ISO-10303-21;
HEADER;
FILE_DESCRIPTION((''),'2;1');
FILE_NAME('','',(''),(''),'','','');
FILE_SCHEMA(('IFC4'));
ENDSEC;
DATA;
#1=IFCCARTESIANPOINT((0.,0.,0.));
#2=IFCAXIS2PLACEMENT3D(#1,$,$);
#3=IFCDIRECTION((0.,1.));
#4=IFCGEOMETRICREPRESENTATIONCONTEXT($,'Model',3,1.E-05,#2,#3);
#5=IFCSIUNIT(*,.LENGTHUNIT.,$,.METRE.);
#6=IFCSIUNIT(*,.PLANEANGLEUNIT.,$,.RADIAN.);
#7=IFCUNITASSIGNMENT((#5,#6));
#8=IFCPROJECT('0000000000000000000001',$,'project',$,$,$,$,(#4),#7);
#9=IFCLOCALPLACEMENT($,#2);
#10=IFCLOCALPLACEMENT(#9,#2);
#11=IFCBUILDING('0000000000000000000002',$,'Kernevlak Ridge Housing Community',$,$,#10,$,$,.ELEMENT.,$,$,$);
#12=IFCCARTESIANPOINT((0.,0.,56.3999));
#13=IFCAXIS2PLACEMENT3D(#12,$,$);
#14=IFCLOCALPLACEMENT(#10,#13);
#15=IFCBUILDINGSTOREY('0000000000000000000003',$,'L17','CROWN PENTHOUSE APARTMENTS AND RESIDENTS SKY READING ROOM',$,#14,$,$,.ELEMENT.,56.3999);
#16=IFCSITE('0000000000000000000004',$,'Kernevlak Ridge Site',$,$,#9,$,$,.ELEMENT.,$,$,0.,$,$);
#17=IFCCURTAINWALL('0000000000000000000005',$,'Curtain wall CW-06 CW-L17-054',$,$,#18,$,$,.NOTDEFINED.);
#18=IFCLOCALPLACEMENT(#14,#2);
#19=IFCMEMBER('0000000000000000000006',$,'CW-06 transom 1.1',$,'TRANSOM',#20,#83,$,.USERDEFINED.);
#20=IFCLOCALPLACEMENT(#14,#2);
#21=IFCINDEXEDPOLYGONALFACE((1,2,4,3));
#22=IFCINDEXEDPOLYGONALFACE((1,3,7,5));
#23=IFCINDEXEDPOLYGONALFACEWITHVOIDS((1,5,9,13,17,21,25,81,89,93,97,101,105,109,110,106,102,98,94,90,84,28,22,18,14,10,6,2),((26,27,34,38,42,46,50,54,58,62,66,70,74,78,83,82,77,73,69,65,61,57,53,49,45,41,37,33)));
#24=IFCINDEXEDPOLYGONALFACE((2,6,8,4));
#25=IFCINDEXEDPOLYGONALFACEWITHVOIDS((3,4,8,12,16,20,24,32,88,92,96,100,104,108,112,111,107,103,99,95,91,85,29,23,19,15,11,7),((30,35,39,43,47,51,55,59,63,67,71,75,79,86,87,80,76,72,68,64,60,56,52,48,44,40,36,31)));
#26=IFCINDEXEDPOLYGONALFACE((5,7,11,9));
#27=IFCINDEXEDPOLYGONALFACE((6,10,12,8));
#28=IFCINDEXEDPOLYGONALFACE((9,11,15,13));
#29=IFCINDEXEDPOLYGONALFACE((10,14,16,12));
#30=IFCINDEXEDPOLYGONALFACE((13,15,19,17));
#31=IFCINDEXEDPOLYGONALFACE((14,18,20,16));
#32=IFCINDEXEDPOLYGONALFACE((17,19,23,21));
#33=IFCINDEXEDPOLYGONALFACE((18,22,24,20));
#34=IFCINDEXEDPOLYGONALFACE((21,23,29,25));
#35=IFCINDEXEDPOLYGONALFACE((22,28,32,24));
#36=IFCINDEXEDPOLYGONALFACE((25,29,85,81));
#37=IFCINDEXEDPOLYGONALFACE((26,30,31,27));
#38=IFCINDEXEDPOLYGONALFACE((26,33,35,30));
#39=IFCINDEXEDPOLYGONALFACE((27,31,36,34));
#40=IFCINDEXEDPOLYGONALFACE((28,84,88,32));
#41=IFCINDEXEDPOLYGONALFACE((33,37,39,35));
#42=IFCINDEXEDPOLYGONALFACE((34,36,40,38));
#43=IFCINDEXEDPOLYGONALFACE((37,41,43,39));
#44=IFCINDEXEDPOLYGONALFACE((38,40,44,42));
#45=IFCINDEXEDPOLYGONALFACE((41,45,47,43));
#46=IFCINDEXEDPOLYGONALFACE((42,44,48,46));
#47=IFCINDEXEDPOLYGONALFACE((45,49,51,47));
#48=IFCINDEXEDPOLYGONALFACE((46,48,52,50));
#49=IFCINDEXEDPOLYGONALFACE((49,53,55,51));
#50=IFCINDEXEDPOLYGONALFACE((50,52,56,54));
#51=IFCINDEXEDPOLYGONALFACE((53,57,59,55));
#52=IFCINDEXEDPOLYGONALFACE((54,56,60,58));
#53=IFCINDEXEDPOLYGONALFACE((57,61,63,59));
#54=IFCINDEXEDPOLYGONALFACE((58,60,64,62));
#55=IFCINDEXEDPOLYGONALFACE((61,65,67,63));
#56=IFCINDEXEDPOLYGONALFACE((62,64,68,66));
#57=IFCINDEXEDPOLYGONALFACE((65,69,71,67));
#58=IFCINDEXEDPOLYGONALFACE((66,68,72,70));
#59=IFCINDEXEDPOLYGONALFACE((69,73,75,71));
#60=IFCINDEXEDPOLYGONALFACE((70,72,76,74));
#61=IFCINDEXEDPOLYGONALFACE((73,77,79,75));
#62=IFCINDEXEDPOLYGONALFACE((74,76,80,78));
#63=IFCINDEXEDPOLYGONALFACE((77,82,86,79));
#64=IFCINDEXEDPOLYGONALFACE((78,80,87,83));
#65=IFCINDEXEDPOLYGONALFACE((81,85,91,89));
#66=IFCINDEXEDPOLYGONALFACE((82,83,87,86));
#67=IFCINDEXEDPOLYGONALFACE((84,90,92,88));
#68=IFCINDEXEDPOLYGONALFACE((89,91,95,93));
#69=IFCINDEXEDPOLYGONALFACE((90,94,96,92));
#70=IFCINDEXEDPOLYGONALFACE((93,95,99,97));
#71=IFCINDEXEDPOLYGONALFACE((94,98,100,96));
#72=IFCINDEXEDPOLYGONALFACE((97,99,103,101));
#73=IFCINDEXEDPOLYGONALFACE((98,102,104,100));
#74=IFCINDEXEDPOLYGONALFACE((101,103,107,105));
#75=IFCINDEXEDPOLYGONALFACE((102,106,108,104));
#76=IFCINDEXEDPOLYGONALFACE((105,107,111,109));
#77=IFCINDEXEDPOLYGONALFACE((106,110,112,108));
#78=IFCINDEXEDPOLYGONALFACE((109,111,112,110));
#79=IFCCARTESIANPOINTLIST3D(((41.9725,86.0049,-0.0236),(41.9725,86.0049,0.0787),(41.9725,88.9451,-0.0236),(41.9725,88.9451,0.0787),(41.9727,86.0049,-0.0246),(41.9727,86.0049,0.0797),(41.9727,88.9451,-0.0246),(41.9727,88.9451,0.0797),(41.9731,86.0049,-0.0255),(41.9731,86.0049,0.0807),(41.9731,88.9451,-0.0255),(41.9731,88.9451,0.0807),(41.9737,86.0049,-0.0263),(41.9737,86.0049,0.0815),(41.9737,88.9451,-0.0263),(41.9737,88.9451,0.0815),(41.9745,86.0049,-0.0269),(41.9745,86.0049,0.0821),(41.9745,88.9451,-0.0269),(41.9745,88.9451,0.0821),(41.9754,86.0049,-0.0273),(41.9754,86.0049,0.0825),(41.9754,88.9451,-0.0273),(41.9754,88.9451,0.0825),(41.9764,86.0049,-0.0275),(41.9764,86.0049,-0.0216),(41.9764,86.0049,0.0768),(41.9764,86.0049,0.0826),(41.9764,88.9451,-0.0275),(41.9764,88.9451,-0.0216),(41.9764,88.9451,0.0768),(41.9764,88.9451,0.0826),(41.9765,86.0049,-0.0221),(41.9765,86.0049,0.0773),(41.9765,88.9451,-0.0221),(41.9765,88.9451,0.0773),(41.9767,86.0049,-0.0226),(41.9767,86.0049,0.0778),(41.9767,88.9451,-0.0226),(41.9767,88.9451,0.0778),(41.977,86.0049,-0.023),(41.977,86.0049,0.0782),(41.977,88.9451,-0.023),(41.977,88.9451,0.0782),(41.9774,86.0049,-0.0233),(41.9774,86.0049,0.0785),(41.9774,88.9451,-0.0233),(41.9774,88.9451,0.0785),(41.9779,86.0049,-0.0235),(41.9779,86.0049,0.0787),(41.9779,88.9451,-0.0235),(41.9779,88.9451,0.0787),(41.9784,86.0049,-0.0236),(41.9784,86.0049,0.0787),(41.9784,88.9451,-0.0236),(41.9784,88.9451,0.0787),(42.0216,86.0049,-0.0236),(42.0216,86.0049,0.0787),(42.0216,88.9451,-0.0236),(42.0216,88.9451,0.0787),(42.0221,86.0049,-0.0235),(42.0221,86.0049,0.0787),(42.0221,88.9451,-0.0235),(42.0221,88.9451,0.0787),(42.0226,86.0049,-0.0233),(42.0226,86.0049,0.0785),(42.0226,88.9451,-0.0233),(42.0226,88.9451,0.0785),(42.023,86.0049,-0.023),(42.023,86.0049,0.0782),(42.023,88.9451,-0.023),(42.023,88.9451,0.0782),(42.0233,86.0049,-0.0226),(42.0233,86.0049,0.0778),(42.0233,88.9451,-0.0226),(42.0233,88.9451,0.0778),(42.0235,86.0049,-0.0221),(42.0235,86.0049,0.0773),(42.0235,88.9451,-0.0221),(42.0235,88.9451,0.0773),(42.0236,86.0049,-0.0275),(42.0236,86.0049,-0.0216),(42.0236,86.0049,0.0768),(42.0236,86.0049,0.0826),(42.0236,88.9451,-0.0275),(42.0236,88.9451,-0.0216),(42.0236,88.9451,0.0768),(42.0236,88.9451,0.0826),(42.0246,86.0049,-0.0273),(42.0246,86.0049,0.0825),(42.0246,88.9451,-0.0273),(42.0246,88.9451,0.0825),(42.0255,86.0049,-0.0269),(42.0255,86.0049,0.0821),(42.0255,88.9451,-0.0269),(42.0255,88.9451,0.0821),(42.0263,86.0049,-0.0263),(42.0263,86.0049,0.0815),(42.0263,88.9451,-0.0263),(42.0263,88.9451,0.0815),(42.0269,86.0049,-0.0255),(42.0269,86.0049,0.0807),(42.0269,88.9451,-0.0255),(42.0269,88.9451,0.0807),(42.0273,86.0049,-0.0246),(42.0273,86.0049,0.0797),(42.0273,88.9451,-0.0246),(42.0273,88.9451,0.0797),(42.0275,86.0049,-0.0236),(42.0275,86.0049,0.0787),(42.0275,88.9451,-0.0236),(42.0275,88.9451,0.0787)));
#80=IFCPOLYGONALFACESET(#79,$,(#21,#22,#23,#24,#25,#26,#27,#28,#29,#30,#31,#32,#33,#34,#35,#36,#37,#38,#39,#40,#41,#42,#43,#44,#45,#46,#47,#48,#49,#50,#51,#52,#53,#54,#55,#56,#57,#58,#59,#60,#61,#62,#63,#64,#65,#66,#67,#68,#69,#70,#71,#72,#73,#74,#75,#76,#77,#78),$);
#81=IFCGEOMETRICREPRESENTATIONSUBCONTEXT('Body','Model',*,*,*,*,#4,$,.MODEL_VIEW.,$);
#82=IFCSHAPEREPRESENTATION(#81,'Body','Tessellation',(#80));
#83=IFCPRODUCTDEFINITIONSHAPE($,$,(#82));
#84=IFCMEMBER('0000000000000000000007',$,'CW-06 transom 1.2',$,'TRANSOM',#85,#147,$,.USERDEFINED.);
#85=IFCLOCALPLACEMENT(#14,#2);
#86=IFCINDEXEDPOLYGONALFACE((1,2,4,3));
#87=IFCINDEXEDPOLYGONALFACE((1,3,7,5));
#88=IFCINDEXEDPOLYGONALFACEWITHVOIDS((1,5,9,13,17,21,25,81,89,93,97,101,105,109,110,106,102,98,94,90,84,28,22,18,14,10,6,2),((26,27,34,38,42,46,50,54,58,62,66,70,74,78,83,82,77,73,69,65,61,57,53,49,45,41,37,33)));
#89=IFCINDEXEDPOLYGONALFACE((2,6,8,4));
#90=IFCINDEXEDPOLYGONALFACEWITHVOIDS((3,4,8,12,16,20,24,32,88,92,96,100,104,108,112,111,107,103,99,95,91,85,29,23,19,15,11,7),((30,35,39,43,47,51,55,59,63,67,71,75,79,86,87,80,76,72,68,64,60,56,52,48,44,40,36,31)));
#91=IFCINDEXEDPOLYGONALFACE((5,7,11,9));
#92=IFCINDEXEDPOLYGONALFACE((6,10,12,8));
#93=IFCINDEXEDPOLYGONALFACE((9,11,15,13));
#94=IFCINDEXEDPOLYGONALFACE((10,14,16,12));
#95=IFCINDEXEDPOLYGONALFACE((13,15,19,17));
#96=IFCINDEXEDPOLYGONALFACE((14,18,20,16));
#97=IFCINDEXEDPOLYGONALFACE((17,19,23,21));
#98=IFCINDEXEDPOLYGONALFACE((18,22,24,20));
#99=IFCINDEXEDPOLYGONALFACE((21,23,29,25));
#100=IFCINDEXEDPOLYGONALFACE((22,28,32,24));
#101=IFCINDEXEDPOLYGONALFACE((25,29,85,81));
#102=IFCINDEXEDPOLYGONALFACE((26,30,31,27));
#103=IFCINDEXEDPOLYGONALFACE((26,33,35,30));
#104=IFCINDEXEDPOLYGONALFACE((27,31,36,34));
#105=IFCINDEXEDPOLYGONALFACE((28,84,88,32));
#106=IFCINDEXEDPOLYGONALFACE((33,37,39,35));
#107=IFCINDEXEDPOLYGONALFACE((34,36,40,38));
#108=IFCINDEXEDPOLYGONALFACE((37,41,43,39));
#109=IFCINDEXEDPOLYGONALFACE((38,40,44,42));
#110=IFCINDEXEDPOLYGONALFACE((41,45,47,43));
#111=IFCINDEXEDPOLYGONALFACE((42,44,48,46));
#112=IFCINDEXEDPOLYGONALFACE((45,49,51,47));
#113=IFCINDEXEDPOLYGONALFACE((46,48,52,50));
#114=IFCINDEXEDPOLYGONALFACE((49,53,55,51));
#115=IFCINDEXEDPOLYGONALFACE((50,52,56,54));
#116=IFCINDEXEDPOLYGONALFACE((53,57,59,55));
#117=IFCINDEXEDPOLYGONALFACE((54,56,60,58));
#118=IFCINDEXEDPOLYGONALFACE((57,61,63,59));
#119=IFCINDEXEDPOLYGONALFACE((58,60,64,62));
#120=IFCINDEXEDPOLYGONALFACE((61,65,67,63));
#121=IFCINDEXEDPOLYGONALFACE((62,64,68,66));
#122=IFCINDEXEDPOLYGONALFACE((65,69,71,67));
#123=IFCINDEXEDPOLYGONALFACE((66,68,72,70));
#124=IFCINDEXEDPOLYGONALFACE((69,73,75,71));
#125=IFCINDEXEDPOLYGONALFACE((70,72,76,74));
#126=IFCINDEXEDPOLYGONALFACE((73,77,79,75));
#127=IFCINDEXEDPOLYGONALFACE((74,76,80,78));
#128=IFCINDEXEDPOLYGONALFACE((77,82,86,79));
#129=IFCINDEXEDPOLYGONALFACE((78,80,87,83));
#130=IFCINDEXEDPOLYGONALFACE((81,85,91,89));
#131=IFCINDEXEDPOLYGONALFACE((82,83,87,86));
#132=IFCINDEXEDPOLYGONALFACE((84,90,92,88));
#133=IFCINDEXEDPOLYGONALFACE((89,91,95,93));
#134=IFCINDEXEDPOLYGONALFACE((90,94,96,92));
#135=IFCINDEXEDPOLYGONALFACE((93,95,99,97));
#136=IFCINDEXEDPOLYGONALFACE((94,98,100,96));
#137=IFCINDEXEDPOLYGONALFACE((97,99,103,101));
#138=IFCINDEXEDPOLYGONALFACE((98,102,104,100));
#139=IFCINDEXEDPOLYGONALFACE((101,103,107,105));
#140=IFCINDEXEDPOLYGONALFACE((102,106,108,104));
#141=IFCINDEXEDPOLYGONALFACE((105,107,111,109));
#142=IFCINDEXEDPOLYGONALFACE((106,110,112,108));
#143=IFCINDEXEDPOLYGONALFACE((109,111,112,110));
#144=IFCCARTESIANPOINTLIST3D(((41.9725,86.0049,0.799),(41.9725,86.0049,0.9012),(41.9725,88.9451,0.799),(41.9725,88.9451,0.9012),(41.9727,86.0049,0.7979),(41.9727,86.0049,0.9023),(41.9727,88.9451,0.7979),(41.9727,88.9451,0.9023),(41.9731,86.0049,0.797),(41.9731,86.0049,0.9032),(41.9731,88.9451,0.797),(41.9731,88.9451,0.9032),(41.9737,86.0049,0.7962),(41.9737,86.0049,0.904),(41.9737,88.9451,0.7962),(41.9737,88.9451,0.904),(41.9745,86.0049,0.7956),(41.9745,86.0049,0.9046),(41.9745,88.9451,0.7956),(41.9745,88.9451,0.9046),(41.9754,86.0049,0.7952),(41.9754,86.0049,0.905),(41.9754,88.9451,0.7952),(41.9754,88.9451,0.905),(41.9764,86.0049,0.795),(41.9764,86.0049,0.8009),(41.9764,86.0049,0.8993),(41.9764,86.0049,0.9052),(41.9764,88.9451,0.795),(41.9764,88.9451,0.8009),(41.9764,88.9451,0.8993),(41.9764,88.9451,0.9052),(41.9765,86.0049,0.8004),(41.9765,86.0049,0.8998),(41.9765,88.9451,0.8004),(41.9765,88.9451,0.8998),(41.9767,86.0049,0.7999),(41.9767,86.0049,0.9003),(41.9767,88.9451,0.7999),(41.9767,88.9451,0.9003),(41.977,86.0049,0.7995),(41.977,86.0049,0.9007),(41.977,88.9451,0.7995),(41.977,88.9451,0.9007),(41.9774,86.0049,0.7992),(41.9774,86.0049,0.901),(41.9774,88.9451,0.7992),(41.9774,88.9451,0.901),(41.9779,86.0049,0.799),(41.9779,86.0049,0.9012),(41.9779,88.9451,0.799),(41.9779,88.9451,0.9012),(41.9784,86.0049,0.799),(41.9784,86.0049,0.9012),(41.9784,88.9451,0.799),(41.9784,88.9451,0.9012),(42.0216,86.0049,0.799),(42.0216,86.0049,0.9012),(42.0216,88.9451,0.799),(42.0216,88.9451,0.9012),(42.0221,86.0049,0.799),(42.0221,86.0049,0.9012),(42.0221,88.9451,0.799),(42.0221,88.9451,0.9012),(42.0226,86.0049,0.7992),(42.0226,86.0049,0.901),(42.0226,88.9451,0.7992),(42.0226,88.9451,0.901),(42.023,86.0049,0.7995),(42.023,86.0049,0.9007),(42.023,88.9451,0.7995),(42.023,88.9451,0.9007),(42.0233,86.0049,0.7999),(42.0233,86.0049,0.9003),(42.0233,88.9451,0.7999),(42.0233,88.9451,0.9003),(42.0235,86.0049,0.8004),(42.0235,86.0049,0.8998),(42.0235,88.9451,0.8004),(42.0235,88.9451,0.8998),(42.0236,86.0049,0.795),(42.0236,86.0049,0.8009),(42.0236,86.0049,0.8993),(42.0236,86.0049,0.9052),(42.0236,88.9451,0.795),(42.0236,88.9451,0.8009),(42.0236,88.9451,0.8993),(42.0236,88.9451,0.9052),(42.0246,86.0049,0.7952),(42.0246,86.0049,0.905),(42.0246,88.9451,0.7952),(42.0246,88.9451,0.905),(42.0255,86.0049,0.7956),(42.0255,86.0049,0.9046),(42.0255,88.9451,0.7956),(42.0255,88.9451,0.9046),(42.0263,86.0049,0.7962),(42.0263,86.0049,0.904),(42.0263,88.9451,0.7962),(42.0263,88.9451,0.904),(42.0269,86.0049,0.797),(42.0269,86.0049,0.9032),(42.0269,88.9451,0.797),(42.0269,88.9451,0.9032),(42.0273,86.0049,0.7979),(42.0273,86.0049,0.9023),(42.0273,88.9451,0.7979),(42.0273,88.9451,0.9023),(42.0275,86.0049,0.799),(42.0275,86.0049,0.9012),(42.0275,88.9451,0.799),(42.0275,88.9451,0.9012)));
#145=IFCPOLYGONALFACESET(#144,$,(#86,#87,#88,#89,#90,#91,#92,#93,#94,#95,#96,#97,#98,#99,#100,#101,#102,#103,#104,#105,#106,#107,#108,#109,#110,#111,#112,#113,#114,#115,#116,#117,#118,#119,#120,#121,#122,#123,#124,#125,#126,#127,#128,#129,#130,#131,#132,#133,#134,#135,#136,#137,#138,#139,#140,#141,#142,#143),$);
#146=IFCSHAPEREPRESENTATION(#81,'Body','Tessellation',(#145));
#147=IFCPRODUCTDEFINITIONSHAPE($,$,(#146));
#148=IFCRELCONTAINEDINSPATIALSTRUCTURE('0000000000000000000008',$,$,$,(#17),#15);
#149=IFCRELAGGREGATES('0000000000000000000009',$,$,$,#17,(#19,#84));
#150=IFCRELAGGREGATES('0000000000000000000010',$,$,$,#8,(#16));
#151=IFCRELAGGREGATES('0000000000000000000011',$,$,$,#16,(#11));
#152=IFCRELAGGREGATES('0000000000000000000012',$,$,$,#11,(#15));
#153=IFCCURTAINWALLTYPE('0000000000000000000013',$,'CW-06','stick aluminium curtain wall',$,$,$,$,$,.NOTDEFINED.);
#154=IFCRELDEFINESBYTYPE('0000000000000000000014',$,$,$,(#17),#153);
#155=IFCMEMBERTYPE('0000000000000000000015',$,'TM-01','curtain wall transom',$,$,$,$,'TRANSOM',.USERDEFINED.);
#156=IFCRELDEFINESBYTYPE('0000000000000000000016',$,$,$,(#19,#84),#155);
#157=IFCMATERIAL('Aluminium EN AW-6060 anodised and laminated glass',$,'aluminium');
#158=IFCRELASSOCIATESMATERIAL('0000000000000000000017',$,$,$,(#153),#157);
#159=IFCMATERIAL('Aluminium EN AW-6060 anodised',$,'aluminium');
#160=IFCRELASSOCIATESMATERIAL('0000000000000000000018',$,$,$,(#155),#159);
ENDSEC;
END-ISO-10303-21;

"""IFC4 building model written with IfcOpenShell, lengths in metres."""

from ifc_helpers import new_model, si_unit, direction, frame, origin, origin_2d, place, context, subcontext, project, spatial, hollow_rectangle, extrude, material, material_profile, profile_set, type_object, element, aggregate, save


model = new_model("IFC4")

# Units and contexts
model_context = context("Model", 3, precision=1e-05, world=origin(), true_north=direction((0.0, 1.0)))
body_context = subcontext(model_context, "Body", "Model", "MODEL_VIEW")
ifc_project = project(units=[si_unit("LENGTHUNIT", "METRE"), si_unit("PLANEANGLEUNIT", "RADIAN")], contexts=[model_context])

# Site, building, storey
site_placement = place(None, origin())
site = spatial("IfcSite", under=ifc_project, at=site_placement, Name="Kernevlak Ridge Site", CompositionType="ELEMENT", RefElevation=0.0)
building_placement = place(site_placement, origin())
building = spatial("IfcBuilding", under=site, at=building_placement, Name="Kernevlak Ridge Housing Community", CompositionType="ELEMENT")
storey_placement = place(building_placement, frame((0.0, 0.0, 56.3999)))
storey = spatial("IfcBuildingStorey", under=building, at=storey_placement, Name="L17", Description="CROWN PENTHOUSE APARTMENTS AND RESIDENTS SKY READING ROOM", CompositionType="ELEMENT", Elevation=56.3999)

# Curtain wall
ifc_material_1 = material(Name="Aluminium EN AW-6060 anodised and laminated glass", Category="aluminium")
curtain_wall_type = type_object("IfcCurtainWallType", Name="CW-06", Description="stick aluminium curtain wall", PredefinedType="NOTDEFINED", material=ifc_material_1)
curtain_wall_placement = place(storey_placement, origin())
curtain_wall = element("IfcCurtainWall", 1, at=curtain_wall_placement, inside=storey, type_object=curtain_wall_type, Name="Curtain wall CW-06 CW-L17-054", PredefinedType="NOTDEFINED")
ifc_material_2 = material(Name="Aluminium EN AW-6060 anodised", Category="aluminium")

# Members
ifc_material_profile_1 = material_profile(ifc_material_2, hollow_rectangle(XDim=0.0549, YDim=0.1101, WallThickness=0.0039, InnerFilletRadius=0.002, OuterFilletRadius=0.0039, at=origin_2d()), Name="ALU 55x110x4")
ifc_profile_set_1 = profile_set([ifc_material_profile_1], Name="Aluminium EN AW-6060 anodised")
member_type_1 = type_object("IfcMemberType", Name="TM-01", Description="curtain wall transom", ElementType="TRANSOM", PredefinedType="USERDEFINED", material=ifc_profile_set_1)
member_1_placement = place(storey_placement, frame((42.0, 86.0049, 0.0276), z_axis=(0.0, 1.0, 0.0), x_axis=(-1.0, 0.0, 0.0)))
member_1 = element("IfcMember", 2, at=member_1_placement, type_object=member_type_1, Name="CW-06 transom 1.1", ObjectType="TRANSOM", PredefinedType="USERDEFINED", context=body_context, shape_type="SweptSolid", body=[
    extrude(hollow_rectangle(XDim=0.0549, YDim=0.1101, WallThickness=0.0039, InnerFilletRadius=0.002, OuterFilletRadius=0.0039, at=origin_2d()), origin(), (0.0, 0.0, 1.0), 2.9402),
])
member_2_placement = place(storey_placement, frame((42.0, 86.0049, 0.8501), z_axis=(0.0, 1.0, 0.0), x_axis=(-1.0, 0.0, 0.0)))
member_2 = element("IfcMember", 3, at=member_2_placement, type_object=member_type_1, Name="CW-06 transom 1.2", ObjectType="TRANSOM", PredefinedType="USERDEFINED", context=body_context, shape_type="SweptSolid", body=[
    extrude(hollow_rectangle(XDim=0.0549, YDim=0.1101, WallThickness=0.0039, InnerFilletRadius=0.002, OuterFilletRadius=0.0039, at=origin_2d()), origin(), (0.0, 0.0, 1.0), 2.9402),
])

aggregate(curtain_wall, [member_1, member_2])

save(model, "model.ifc")
